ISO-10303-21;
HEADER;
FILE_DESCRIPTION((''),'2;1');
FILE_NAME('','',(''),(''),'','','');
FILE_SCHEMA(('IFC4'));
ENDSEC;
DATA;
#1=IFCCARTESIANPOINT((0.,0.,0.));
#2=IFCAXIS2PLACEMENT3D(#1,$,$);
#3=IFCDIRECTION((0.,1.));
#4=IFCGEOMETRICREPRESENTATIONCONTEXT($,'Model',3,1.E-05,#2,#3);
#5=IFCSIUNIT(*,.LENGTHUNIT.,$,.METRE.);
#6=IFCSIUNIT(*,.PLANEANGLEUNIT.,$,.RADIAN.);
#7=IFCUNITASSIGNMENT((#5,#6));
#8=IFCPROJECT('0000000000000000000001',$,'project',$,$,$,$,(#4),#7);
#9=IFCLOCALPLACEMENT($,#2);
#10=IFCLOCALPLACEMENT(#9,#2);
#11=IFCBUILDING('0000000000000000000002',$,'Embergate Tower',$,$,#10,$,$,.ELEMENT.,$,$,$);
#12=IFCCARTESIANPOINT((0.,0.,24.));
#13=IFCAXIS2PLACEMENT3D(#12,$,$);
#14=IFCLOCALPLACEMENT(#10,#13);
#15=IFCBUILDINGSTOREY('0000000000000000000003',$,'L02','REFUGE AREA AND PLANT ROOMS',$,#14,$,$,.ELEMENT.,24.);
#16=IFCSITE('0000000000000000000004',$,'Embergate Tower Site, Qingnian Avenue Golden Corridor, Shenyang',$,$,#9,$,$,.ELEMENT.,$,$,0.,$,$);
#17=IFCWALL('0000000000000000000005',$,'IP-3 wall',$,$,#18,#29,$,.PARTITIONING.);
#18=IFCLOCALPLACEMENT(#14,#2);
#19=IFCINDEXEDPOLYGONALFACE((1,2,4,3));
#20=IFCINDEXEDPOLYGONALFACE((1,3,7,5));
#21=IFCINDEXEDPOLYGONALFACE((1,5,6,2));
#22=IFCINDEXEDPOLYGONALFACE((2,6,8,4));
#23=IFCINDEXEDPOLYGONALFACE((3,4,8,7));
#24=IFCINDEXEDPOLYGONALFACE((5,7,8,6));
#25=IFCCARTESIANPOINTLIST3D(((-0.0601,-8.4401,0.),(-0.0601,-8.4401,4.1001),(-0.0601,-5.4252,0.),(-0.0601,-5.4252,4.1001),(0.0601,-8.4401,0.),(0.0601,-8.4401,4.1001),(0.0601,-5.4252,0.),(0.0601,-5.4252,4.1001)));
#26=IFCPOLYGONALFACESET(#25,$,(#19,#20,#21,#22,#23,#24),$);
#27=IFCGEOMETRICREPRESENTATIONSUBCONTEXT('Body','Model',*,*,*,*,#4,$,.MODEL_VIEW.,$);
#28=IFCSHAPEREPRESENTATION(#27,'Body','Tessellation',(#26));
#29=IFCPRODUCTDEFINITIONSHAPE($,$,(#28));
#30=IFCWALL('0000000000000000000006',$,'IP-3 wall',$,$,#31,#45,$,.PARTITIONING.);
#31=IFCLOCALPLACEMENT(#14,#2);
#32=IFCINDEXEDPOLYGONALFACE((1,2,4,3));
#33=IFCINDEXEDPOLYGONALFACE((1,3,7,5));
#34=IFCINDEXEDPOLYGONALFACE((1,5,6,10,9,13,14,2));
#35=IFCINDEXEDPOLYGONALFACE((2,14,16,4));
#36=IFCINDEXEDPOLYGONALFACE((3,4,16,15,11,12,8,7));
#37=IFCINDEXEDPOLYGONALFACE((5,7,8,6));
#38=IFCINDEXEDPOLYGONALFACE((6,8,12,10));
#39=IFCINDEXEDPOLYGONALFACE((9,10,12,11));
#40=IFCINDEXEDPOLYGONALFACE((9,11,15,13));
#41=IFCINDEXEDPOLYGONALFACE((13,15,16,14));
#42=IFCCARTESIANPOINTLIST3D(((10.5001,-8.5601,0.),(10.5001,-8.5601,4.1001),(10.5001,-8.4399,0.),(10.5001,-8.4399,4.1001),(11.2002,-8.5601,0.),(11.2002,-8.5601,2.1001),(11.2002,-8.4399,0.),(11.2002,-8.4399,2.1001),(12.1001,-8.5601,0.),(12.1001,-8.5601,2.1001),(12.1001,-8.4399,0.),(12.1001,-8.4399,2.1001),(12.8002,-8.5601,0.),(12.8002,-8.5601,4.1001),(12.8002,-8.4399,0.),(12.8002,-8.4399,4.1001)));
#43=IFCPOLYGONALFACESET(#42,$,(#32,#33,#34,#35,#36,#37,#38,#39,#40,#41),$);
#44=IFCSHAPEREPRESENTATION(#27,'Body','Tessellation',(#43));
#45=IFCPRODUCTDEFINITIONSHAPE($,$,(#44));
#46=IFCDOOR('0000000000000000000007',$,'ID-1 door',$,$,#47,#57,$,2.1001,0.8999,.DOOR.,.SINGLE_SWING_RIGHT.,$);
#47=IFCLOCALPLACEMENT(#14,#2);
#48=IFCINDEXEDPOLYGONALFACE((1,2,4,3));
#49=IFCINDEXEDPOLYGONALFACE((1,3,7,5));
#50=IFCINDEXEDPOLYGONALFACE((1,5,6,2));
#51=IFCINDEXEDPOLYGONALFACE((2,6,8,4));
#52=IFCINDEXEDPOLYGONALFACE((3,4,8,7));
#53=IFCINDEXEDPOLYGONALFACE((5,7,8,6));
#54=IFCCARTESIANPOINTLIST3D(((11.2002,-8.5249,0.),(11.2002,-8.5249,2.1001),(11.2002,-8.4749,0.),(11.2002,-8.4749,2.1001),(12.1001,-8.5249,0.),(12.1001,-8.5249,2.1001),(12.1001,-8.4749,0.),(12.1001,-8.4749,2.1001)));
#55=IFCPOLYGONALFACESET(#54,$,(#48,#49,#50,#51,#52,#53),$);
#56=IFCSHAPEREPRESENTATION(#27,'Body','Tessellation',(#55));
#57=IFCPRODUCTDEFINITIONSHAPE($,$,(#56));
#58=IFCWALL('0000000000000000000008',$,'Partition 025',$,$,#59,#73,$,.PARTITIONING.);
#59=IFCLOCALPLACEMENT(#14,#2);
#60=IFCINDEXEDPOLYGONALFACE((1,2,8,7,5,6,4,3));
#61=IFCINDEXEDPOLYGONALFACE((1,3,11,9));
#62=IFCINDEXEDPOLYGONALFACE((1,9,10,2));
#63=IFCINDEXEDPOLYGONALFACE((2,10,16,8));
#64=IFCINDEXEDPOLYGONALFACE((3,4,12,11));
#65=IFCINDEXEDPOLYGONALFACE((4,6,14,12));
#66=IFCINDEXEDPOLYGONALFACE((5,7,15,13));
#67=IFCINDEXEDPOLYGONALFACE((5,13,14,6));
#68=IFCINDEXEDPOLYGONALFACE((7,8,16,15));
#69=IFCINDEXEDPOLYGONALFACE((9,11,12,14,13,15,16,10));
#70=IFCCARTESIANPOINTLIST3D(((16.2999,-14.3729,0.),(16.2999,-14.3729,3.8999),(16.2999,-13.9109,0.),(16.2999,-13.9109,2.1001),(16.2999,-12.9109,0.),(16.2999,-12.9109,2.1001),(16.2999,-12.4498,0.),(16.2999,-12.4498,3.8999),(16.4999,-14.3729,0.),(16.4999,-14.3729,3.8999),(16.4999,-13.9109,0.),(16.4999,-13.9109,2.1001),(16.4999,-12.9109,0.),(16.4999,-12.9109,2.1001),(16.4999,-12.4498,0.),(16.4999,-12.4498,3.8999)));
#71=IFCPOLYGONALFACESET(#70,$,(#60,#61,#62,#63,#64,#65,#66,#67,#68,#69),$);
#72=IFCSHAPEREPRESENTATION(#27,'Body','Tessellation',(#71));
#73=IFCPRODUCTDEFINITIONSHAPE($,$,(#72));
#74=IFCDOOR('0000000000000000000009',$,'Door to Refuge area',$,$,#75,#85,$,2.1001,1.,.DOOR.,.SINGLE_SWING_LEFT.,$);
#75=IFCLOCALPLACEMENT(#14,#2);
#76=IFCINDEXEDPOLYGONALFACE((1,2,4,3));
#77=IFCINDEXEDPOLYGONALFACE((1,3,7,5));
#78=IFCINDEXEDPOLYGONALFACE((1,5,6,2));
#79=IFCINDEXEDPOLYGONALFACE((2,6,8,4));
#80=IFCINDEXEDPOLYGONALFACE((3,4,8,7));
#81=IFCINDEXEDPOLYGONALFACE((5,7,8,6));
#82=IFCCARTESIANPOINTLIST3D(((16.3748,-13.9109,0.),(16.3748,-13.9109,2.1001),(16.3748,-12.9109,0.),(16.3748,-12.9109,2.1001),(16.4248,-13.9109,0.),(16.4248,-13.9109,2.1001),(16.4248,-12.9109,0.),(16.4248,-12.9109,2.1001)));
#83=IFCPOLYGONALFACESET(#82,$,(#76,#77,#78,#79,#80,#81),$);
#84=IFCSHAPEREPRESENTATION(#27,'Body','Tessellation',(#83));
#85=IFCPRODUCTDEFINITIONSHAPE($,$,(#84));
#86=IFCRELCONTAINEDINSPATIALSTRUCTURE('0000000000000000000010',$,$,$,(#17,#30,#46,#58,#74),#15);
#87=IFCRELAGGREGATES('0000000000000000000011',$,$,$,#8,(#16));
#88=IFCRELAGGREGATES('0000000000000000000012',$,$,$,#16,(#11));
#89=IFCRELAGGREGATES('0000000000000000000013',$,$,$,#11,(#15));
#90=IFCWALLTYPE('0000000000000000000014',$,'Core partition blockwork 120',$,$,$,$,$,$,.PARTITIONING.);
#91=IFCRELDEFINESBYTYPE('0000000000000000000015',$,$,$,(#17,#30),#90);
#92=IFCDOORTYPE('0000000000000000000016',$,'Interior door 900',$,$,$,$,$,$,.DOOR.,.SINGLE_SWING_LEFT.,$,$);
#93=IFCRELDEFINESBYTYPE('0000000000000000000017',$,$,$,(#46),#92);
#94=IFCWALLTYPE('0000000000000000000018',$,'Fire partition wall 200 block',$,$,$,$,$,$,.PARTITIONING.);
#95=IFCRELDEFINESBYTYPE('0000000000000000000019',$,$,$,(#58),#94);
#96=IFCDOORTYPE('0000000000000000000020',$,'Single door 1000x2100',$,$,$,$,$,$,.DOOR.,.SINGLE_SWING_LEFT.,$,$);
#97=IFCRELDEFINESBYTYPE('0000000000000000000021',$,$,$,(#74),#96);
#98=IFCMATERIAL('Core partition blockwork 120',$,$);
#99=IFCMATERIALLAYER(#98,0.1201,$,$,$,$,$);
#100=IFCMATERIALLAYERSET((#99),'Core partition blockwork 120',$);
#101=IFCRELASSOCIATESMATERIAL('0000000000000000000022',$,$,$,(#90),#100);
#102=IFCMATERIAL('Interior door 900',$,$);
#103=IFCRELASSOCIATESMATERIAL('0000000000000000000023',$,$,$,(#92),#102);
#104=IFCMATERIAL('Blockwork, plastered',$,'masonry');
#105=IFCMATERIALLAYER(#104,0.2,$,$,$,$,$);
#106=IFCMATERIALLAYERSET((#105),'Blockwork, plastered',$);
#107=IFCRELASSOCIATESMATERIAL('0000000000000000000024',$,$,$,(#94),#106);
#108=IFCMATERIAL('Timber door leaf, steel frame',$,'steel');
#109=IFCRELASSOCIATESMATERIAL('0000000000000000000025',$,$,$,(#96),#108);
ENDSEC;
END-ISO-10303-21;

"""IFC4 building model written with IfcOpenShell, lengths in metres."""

from ifc_helpers import new_model, si_unit, direction, frame, frame_2d, origin, place, context, subcontext, project, spatial, rectangle, extrude, source, transform, mapped, material, layer, layer_set, type_object, element, fill, save


model = new_model("IFC4")

# Units and contexts
model_context = context("Model", 3, precision=1e-05, world=origin(), true_north=direction((0.0, 1.0)))
body_context = subcontext(model_context, "Body", "Model", "MODEL_VIEW")
ifc_project = project(units=[si_unit("LENGTHUNIT", "METRE"), si_unit("PLANEANGLEUNIT", "RADIAN")], contexts=[model_context])

# Site, building, storey
site_placement = place(None, origin())
site = spatial("IfcSite", under=ifc_project, at=site_placement, Name="Embergate Tower Site, Qingnian Avenue Golden Corridor, Shenyang", CompositionType="ELEMENT", RefElevation=0.0)
building_placement = place(site_placement, origin())
building = spatial("IfcBuilding", under=site, at=building_placement, Name="Embergate Tower", CompositionType="ELEMENT")
storey_placement = place(building_placement, frame((0.0, 0.0, 24.0)))
storey = spatial("IfcBuildingStorey", under=building, at=storey_placement, Name="L02", Description="REFUGE AREA AND PLANT ROOMS", CompositionType="ELEMENT", Elevation=24.0)

# Wall
ifc_material_1 = material(Name="Core partition blockwork 120")
ifc_layer_1 = layer(ifc_material_1, 0.1201)
ifc_layer_set_1 = layer_set([ifc_layer_1], Name="Core partition blockwork 120")
wall_type_1 = type_object("IfcWallType", Name="Core partition blockwork 120", PredefinedType="PARTITIONING", material=ifc_layer_set_1)
shared_shape_1 = source(origin(), body_context, "Body", "SweptSolid", [
    extrude(rectangle(XDim=3.0149, YDim=0.1201, at=frame_2d((1.5073, 0.0))), origin(), (0.0, 0.0, 1.0), 4.1001),
])
wall_1_placement = place(storey_placement, frame((0.0, -8.4399, 0.0), z_axis=(0.0, 0.0, 1.0), x_axis=(0.0, 1.0, 0.0)))
element("IfcWall", 1, at=wall_1_placement, inside=storey, type_object=wall_type_1, Name="IP-3 wall", PredefinedType="PARTITIONING", context=body_context, shape_type="MappedRepresentation", body=[
    mapped(shared_shape_1, transform((0.0, 0.0, 0.0))),
])

# Walls, openings, doors
shared_shape_2 = source(origin(), body_context, "Body", "SweptSolid", [
    extrude(rectangle(XDim=2.3, YDim=0.1201, at=frame_2d((1.1499, 0.0))), origin(), (0.0, 0.0, 1.0), 4.1001),
])
wall_2_placement = place(storey_placement, frame((12.8, -8.5, 0.0), z_axis=(0.0, 0.0, 1.0), x_axis=(-1.0, 0.0, 0.0)))
wall_2 = element("IfcWall", 2, at=wall_2_placement, inside=storey, type_object=wall_type_1, Name="IP-3 wall", PredefinedType="PARTITIONING", context=body_context, shape_type="MappedRepresentation", body=[
    mapped(shared_shape_2, transform((0.0, 0.0, 0.0))),
])
shared_shape_3 = source(origin(), body_context, "Body", "SweptSolid", [
    extrude(rectangle(XDim=0.8999, YDim=2.1001, at=frame_2d((0.45, 1.05))), frame((0.0, 0.0701, 0.0), z_axis=(0.0, -1.0, 0.0), x_axis=(1.0, 0.0, 0.0)), (0.0, 0.0, 1.0), 0.1401),
])
opening_1_placement = place(wall_2_placement, frame((0.7, 0.0, 0.0)))
opening_1 = element("IfcOpeningElement", 3, at=opening_1_placement, cuts=wall_2, PredefinedType="OPENING", context=body_context, shape_type="MappedRepresentation", body=[
    mapped(shared_shape_3, transform((0.0, 0.0, 0.0))),
])
ifc_material_2 = material(Name="Interior door 900")
door_type_1 = type_object("IfcDoorType", Name="Interior door 900", OperationType="SINGLE_SWING_LEFT", PredefinedType="DOOR", material=ifc_material_2)
shared_shape_4 = source(origin(), body_context, "Body", "SweptSolid", [
    extrude(rectangle(XDim=0.8999, YDim=2.1001, at=frame_2d((0.45, 1.05))), frame((0.0, 0.0249, 0.0), z_axis=(0.0, -1.0, 0.0), x_axis=(1.0, 0.0, 0.0)), (0.0, 0.0, 1.0), 0.05),
])
door_1_placement = place(opening_1_placement, origin())
door_1 = element("IfcDoor", 4, at=door_1_placement, inside=storey, type_object=door_type_1, Name="ID-1 door", OperationType="SINGLE_SWING_RIGHT", OverallHeight=2.1001, OverallWidth=0.8999, PredefinedType="DOOR", context=body_context, shape_type="MappedRepresentation", body=[
    mapped(shared_shape_4, transform((0.0, 0.0, 0.0))),
])
fill(opening_1, door_1)
ifc_material_3 = material(Name="Blockwork, plastered", Category="masonry")
ifc_layer_2 = layer(ifc_material_3, 0.2)
ifc_layer_set_2 = layer_set([ifc_layer_2], Name="Blockwork, plastered")
wall_type_2 = type_object("IfcWallType", Name="Fire partition wall 200 block", PredefinedType="PARTITIONING", material=ifc_layer_set_2)
shared_shape_5 = source(origin(), body_context, "Body", "SweptSolid", [
    extrude(rectangle(XDim=1.9231, YDim=0.2, at=frame_2d((0.9614, 0.0))), origin(), (0.0, 0.0, 1.0), 3.8999),
])
wall_3_placement = place(storey_placement, frame((16.3999, -12.45, 0.0), z_axis=(0.0, 0.0, 1.0), x_axis=(0.0, -1.0, 0.0)))
wall_3 = element("IfcWall", 5, at=wall_3_placement, inside=storey, type_object=wall_type_2, Name="Partition 025", PredefinedType="PARTITIONING", context=body_context, shape_type="MappedRepresentation", body=[
    mapped(shared_shape_5, transform((0.0, 0.0, 0.0))),
])
shared_shape_6 = source(origin(), body_context, "Body", "SweptSolid", [
    extrude(rectangle(XDim=1.0, YDim=2.1001, at=frame_2d((0.5, 1.05))), frame((0.0, 0.1099, 0.0), z_axis=(0.0, -1.0, 0.0), x_axis=(1.0, 0.0, 0.0)), (0.0, 0.0, 1.0), 0.22),
])
opening_2_placement = place(wall_3_placement, frame((0.4609, 0.0, 0.0)))
opening_2 = element("IfcOpeningElement", 6, at=opening_2_placement, cuts=wall_3, PredefinedType="OPENING", context=body_context, shape_type="MappedRepresentation", body=[
    mapped(shared_shape_6, transform((0.0, 0.0, 0.0))),
])
ifc_material_4 = material(Name="Timber door leaf, steel frame", Category="steel")
door_type_2 = type_object("IfcDoorType", Name="Single door 1000x2100", OperationType="SINGLE_SWING_LEFT", PredefinedType="DOOR", material=ifc_material_4)
shared_shape_7 = source(origin(), body_context, "Body", "SweptSolid", [
    extrude(rectangle(XDim=1.0, YDim=2.1001, at=frame_2d((0.5, 1.05))), frame((0.0, 0.0249, 0.0), z_axis=(0.0, -1.0, 0.0), x_axis=(1.0, 0.0, 0.0)), (0.0, 0.0, 1.0), 0.05),
])
door_2_placement = place(opening_2_placement, origin())
door_2 = element("IfcDoor", 7, at=door_2_placement, inside=storey, type_object=door_type_2, Name="Door to Refuge area", OperationType="SINGLE_SWING_LEFT", OverallHeight=2.1001, OverallWidth=1.0, PredefinedType="DOOR", context=body_context, shape_type="MappedRepresentation", body=[
    mapped(shared_shape_7, transform((0.0, 0.0, 0.0))),
])
fill(opening_2, door_2)

save(model, "model.ifc")
